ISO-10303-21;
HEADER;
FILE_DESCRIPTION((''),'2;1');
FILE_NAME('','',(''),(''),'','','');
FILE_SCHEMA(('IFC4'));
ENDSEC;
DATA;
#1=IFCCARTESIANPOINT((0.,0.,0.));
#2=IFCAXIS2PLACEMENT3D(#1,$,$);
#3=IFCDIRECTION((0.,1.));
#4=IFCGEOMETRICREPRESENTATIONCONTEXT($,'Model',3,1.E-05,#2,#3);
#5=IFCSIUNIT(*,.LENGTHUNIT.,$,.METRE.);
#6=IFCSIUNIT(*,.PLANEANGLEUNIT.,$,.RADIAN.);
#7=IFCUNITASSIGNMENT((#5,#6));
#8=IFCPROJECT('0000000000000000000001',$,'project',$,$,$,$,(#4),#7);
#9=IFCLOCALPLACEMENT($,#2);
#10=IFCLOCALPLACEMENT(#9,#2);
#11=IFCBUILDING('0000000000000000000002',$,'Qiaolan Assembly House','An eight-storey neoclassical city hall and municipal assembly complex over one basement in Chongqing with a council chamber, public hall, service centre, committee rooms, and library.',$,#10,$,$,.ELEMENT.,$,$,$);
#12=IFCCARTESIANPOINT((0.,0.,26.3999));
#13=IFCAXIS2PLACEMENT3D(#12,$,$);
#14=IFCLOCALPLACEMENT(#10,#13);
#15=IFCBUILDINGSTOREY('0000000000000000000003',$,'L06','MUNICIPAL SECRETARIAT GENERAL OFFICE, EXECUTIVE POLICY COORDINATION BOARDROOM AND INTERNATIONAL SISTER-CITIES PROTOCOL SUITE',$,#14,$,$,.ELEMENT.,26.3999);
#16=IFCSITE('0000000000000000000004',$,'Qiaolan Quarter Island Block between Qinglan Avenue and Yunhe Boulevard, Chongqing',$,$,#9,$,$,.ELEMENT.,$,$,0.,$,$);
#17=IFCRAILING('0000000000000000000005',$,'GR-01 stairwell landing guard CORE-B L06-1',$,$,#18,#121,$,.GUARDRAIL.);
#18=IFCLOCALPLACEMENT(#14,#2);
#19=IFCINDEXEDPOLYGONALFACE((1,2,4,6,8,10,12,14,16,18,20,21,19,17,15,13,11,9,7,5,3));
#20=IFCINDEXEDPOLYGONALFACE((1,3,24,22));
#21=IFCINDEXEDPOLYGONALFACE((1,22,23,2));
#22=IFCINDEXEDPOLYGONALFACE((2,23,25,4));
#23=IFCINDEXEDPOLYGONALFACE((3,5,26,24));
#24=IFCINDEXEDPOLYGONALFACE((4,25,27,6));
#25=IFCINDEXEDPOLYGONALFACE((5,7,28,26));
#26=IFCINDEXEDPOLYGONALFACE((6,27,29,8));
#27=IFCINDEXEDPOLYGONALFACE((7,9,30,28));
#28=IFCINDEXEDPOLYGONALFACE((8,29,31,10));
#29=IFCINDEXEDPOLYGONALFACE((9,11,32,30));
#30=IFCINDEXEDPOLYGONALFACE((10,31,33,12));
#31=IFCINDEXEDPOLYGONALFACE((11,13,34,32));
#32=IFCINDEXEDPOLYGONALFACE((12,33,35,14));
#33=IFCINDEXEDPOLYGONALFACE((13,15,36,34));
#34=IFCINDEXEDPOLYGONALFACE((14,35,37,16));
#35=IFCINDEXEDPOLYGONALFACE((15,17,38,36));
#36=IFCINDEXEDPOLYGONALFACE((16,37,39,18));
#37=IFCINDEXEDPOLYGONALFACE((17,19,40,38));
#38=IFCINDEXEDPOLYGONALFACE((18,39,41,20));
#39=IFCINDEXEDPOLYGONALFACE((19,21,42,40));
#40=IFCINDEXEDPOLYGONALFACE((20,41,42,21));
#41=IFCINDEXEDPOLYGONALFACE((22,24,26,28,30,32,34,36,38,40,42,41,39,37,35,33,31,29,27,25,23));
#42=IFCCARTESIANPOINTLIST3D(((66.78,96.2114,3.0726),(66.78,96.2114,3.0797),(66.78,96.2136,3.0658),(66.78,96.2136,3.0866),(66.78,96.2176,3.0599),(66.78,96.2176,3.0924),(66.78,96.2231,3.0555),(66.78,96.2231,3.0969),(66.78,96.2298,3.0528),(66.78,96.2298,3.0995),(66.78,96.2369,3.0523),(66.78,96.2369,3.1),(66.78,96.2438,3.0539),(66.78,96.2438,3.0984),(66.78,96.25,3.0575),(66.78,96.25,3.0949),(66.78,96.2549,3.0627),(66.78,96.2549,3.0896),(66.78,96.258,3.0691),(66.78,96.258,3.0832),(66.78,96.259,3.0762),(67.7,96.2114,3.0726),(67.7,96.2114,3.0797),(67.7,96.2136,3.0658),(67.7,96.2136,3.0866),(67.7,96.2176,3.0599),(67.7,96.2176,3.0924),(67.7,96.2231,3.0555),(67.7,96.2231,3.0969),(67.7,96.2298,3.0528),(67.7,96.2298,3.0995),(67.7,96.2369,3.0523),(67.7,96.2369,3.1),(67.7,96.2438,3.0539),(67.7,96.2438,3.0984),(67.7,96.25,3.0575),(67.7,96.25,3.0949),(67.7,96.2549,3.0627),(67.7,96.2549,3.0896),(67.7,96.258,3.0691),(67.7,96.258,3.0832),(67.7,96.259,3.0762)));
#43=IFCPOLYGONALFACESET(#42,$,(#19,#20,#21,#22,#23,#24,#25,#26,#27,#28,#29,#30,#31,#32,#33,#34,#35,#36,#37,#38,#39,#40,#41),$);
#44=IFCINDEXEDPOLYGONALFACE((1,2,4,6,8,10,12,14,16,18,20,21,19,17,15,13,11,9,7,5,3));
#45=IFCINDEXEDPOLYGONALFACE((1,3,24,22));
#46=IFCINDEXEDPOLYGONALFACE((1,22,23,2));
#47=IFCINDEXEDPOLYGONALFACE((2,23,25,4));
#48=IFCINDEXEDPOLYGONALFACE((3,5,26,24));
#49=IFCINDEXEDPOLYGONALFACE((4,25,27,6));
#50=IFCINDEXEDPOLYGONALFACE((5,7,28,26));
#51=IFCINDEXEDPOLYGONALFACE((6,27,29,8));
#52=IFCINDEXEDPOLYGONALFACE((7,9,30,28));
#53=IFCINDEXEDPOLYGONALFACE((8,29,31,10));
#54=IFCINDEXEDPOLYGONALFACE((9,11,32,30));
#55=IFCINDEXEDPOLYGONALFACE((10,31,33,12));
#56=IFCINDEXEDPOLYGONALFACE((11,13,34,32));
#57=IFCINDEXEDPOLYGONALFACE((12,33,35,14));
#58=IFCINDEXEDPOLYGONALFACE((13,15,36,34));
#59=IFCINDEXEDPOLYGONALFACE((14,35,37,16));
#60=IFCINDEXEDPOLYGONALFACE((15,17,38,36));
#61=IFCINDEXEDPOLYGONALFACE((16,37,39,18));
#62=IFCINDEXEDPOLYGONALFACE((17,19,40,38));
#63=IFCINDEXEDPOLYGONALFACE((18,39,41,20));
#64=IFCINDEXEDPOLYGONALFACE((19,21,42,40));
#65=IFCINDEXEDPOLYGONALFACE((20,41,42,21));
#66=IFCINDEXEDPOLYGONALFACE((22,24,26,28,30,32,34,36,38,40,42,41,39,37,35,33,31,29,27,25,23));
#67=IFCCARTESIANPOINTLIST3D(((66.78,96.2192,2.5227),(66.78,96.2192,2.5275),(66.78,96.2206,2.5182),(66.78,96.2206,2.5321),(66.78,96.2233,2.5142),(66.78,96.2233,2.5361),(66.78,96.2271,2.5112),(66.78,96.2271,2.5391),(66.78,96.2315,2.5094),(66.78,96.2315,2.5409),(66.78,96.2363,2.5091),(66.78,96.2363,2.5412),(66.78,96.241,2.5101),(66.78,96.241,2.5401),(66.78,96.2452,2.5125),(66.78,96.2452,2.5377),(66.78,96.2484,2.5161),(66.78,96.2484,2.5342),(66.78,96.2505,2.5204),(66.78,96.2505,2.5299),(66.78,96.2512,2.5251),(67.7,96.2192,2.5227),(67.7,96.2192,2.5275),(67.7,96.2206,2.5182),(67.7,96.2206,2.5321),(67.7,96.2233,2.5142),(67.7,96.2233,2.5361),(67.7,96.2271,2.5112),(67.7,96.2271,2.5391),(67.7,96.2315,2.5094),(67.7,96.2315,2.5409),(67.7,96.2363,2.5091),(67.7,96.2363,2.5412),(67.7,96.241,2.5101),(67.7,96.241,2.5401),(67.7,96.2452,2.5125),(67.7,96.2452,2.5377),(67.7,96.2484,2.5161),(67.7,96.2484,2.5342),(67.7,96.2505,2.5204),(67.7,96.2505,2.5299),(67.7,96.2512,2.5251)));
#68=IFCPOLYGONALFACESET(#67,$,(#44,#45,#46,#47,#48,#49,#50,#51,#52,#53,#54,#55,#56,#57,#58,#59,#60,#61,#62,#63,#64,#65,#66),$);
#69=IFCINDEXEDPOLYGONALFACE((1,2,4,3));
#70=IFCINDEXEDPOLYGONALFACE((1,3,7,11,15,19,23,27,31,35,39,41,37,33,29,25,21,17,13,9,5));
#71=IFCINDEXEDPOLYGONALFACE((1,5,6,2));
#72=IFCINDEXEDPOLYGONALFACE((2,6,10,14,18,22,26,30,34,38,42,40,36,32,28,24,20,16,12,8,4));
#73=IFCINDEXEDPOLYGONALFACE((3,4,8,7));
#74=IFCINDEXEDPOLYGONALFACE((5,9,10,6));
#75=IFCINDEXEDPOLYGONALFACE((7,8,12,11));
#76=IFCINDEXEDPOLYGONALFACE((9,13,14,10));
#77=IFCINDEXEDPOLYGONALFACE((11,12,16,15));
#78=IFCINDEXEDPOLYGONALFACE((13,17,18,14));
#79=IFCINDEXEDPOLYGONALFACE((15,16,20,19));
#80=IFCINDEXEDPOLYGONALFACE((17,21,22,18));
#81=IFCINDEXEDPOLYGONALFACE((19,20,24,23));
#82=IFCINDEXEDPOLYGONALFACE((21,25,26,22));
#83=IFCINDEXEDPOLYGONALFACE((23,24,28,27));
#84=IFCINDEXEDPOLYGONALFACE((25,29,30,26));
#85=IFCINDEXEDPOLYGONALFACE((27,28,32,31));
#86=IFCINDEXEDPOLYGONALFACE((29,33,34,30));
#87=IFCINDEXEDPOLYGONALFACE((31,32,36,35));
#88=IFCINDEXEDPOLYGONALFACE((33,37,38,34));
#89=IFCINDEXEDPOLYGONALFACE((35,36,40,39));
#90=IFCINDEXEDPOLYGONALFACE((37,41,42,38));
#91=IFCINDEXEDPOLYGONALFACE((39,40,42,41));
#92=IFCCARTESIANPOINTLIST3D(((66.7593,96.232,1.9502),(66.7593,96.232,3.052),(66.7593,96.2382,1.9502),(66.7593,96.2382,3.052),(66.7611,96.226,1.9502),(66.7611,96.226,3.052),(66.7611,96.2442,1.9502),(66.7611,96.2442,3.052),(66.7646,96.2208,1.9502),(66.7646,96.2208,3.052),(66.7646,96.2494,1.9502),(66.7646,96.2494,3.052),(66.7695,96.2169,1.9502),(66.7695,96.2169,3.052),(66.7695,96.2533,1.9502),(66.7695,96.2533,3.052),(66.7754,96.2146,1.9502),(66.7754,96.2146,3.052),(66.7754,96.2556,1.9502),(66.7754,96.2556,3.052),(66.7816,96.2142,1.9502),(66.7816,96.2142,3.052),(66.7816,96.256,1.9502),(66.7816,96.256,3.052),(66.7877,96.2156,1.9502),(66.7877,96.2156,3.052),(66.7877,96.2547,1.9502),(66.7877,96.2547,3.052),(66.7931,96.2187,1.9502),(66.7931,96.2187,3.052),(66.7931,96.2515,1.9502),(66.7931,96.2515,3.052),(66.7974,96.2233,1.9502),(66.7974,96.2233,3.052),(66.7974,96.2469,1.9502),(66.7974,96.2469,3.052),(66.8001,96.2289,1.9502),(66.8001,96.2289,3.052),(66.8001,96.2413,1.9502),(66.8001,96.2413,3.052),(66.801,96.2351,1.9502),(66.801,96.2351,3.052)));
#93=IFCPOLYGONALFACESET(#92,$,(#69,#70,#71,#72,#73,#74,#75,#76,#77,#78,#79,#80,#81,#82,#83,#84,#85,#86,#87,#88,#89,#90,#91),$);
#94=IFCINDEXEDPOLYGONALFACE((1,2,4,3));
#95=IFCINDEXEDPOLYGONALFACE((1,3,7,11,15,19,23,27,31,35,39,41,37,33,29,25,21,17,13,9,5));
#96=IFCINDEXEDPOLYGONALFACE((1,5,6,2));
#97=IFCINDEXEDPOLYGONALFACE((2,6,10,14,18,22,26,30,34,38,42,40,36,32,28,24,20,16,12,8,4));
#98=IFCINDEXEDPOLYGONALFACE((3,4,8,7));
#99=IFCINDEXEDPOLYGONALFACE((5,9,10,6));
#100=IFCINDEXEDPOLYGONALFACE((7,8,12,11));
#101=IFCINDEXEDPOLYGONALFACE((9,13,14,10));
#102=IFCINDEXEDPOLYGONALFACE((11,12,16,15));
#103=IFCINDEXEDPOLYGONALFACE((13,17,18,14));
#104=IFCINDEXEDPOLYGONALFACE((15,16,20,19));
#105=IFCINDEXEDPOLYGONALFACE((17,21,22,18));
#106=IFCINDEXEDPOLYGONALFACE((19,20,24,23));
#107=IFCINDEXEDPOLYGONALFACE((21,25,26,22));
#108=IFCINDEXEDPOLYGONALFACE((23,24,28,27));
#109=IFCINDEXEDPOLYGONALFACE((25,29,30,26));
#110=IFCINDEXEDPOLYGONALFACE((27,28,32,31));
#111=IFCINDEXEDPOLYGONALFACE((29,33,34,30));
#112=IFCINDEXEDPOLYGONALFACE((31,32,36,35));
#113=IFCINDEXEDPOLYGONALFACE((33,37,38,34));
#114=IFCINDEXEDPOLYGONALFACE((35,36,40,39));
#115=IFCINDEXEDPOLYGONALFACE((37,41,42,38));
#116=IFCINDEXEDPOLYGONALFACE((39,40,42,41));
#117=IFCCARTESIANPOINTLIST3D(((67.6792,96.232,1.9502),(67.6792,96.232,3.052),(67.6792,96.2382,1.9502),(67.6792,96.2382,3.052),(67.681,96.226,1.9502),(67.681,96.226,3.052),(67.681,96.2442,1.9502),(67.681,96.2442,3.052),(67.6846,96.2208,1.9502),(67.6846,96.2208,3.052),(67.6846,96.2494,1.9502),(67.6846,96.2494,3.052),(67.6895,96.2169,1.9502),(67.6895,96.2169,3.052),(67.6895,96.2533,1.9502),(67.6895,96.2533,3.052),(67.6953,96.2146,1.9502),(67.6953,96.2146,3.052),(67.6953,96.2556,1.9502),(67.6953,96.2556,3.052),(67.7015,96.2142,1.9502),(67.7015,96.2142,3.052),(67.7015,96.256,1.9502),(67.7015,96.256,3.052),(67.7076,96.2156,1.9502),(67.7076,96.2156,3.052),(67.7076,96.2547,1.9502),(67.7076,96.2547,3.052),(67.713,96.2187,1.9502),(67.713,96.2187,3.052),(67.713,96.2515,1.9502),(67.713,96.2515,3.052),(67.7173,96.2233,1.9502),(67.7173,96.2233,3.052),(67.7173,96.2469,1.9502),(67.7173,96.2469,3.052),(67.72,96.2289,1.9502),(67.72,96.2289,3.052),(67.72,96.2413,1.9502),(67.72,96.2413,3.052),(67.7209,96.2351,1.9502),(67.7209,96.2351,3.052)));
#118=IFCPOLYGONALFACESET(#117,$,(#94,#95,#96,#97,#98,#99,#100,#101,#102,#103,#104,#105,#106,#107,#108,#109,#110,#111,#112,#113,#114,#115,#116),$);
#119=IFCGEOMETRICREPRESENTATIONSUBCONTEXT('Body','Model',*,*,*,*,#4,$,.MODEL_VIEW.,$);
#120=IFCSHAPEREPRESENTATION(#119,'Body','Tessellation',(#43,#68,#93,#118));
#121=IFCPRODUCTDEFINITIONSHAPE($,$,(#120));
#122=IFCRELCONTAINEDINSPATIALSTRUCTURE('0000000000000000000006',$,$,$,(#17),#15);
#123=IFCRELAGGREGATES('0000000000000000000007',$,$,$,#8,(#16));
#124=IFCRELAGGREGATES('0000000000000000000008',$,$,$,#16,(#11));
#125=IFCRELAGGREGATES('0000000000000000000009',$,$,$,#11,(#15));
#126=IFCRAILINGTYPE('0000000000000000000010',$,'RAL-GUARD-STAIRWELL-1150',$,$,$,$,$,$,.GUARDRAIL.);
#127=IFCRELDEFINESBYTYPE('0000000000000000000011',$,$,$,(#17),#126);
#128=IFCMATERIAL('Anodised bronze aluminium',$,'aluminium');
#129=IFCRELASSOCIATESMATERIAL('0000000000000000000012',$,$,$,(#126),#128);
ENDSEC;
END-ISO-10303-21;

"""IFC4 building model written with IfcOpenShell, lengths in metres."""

from ifc_helpers import new_model, si_unit, direction, frame, origin, origin_2d, place, context, subcontext, project, spatial, circle, extrude, material, type_object, element, save


model = new_model("IFC4")

# Units and contexts
model_context = context("Model", 3, precision=1e-05, world=origin(), true_north=direction((0.0, 1.0)))
body_context = subcontext(model_context, "Body", "Model", "MODEL_VIEW")
ifc_project = project(units=[si_unit("LENGTHUNIT", "METRE"), si_unit("PLANEANGLEUNIT", "RADIAN")], contexts=[model_context])

# Site, building, storey
site_placement = place(None, origin())
site = spatial("IfcSite", under=ifc_project, at=site_placement, Name="Qiaolan Quarter Island Block between Qinglan Avenue and Yunhe Boulevard, Chongqing", CompositionType="ELEMENT", RefElevation=0.0)
building_placement = place(site_placement, origin())
building = spatial("IfcBuilding", under=site, at=building_placement, Name="Qiaolan Assembly House", Description="An eight-storey neoclassical city hall and municipal assembly complex over one basement in Chongqing with a council chamber, public hall, service centre, committee rooms, and library.", CompositionType="ELEMENT")
storey_placement = place(building_placement, frame((0.0, 0.0, 26.3999)))
storey = spatial("IfcBuildingStorey", under=building, at=storey_placement, Name="L06", Description="MUNICIPAL SECRETARIAT GENERAL OFFICE, EXECUTIVE POLICY COORDINATION BOARDROOM AND INTERNATIONAL SISTER-CITIES PROTOCOL SUITE", CompositionType="ELEMENT", Elevation=26.3999)

# Railing
ifc_material_1 = material(Name="Anodised bronze aluminium", Category="aluminium")
railing_type_1 = type_object("IfcRailingType", Name="RAL-GUARD-STAIRWELL-1150", PredefinedType="GUARDRAIL", material=ifc_material_1)
for number, where, name in (
    (1, (66.78, 96.2351, 1.9502), "GR-01 stairwell landing guard CORE-B L06-1"),
):
    element("IfcRailing", number, at=place(storey_placement, frame(where)), inside=storey, type_object=railing_type_1, Name=name, PredefinedType="GUARDRAIL", context=body_context, shape_type="SweptSolid", body=[
        extrude(circle(Radius=0.0239, at=origin_2d()), frame((0.0, 0.0, 1.126), z_axis=(1.0, 0.0, 0.0), x_axis=(0.0, 1.0, 0.0)), (0.0, 0.0, 1.0), 0.9199),
        extrude(circle(Radius=0.0161, at=origin_2d()), frame((0.0, 0.0, 0.575), z_axis=(1.0, 0.0, 0.0), x_axis=(0.0, 1.0, 0.0)), (0.0, 0.0, 1.0), 0.9199),
        extrude(circle(Radius=0.021, at=origin_2d()), origin(), (0.0, 0.0, 1.0), 1.1018),
        extrude(circle(Radius=0.021, at=origin_2d()), frame((0.9199, 0.0, 0.0)), (0.0, 0.0, 1.0), 1.1018),
    ])

save(model, "model.ifc")
